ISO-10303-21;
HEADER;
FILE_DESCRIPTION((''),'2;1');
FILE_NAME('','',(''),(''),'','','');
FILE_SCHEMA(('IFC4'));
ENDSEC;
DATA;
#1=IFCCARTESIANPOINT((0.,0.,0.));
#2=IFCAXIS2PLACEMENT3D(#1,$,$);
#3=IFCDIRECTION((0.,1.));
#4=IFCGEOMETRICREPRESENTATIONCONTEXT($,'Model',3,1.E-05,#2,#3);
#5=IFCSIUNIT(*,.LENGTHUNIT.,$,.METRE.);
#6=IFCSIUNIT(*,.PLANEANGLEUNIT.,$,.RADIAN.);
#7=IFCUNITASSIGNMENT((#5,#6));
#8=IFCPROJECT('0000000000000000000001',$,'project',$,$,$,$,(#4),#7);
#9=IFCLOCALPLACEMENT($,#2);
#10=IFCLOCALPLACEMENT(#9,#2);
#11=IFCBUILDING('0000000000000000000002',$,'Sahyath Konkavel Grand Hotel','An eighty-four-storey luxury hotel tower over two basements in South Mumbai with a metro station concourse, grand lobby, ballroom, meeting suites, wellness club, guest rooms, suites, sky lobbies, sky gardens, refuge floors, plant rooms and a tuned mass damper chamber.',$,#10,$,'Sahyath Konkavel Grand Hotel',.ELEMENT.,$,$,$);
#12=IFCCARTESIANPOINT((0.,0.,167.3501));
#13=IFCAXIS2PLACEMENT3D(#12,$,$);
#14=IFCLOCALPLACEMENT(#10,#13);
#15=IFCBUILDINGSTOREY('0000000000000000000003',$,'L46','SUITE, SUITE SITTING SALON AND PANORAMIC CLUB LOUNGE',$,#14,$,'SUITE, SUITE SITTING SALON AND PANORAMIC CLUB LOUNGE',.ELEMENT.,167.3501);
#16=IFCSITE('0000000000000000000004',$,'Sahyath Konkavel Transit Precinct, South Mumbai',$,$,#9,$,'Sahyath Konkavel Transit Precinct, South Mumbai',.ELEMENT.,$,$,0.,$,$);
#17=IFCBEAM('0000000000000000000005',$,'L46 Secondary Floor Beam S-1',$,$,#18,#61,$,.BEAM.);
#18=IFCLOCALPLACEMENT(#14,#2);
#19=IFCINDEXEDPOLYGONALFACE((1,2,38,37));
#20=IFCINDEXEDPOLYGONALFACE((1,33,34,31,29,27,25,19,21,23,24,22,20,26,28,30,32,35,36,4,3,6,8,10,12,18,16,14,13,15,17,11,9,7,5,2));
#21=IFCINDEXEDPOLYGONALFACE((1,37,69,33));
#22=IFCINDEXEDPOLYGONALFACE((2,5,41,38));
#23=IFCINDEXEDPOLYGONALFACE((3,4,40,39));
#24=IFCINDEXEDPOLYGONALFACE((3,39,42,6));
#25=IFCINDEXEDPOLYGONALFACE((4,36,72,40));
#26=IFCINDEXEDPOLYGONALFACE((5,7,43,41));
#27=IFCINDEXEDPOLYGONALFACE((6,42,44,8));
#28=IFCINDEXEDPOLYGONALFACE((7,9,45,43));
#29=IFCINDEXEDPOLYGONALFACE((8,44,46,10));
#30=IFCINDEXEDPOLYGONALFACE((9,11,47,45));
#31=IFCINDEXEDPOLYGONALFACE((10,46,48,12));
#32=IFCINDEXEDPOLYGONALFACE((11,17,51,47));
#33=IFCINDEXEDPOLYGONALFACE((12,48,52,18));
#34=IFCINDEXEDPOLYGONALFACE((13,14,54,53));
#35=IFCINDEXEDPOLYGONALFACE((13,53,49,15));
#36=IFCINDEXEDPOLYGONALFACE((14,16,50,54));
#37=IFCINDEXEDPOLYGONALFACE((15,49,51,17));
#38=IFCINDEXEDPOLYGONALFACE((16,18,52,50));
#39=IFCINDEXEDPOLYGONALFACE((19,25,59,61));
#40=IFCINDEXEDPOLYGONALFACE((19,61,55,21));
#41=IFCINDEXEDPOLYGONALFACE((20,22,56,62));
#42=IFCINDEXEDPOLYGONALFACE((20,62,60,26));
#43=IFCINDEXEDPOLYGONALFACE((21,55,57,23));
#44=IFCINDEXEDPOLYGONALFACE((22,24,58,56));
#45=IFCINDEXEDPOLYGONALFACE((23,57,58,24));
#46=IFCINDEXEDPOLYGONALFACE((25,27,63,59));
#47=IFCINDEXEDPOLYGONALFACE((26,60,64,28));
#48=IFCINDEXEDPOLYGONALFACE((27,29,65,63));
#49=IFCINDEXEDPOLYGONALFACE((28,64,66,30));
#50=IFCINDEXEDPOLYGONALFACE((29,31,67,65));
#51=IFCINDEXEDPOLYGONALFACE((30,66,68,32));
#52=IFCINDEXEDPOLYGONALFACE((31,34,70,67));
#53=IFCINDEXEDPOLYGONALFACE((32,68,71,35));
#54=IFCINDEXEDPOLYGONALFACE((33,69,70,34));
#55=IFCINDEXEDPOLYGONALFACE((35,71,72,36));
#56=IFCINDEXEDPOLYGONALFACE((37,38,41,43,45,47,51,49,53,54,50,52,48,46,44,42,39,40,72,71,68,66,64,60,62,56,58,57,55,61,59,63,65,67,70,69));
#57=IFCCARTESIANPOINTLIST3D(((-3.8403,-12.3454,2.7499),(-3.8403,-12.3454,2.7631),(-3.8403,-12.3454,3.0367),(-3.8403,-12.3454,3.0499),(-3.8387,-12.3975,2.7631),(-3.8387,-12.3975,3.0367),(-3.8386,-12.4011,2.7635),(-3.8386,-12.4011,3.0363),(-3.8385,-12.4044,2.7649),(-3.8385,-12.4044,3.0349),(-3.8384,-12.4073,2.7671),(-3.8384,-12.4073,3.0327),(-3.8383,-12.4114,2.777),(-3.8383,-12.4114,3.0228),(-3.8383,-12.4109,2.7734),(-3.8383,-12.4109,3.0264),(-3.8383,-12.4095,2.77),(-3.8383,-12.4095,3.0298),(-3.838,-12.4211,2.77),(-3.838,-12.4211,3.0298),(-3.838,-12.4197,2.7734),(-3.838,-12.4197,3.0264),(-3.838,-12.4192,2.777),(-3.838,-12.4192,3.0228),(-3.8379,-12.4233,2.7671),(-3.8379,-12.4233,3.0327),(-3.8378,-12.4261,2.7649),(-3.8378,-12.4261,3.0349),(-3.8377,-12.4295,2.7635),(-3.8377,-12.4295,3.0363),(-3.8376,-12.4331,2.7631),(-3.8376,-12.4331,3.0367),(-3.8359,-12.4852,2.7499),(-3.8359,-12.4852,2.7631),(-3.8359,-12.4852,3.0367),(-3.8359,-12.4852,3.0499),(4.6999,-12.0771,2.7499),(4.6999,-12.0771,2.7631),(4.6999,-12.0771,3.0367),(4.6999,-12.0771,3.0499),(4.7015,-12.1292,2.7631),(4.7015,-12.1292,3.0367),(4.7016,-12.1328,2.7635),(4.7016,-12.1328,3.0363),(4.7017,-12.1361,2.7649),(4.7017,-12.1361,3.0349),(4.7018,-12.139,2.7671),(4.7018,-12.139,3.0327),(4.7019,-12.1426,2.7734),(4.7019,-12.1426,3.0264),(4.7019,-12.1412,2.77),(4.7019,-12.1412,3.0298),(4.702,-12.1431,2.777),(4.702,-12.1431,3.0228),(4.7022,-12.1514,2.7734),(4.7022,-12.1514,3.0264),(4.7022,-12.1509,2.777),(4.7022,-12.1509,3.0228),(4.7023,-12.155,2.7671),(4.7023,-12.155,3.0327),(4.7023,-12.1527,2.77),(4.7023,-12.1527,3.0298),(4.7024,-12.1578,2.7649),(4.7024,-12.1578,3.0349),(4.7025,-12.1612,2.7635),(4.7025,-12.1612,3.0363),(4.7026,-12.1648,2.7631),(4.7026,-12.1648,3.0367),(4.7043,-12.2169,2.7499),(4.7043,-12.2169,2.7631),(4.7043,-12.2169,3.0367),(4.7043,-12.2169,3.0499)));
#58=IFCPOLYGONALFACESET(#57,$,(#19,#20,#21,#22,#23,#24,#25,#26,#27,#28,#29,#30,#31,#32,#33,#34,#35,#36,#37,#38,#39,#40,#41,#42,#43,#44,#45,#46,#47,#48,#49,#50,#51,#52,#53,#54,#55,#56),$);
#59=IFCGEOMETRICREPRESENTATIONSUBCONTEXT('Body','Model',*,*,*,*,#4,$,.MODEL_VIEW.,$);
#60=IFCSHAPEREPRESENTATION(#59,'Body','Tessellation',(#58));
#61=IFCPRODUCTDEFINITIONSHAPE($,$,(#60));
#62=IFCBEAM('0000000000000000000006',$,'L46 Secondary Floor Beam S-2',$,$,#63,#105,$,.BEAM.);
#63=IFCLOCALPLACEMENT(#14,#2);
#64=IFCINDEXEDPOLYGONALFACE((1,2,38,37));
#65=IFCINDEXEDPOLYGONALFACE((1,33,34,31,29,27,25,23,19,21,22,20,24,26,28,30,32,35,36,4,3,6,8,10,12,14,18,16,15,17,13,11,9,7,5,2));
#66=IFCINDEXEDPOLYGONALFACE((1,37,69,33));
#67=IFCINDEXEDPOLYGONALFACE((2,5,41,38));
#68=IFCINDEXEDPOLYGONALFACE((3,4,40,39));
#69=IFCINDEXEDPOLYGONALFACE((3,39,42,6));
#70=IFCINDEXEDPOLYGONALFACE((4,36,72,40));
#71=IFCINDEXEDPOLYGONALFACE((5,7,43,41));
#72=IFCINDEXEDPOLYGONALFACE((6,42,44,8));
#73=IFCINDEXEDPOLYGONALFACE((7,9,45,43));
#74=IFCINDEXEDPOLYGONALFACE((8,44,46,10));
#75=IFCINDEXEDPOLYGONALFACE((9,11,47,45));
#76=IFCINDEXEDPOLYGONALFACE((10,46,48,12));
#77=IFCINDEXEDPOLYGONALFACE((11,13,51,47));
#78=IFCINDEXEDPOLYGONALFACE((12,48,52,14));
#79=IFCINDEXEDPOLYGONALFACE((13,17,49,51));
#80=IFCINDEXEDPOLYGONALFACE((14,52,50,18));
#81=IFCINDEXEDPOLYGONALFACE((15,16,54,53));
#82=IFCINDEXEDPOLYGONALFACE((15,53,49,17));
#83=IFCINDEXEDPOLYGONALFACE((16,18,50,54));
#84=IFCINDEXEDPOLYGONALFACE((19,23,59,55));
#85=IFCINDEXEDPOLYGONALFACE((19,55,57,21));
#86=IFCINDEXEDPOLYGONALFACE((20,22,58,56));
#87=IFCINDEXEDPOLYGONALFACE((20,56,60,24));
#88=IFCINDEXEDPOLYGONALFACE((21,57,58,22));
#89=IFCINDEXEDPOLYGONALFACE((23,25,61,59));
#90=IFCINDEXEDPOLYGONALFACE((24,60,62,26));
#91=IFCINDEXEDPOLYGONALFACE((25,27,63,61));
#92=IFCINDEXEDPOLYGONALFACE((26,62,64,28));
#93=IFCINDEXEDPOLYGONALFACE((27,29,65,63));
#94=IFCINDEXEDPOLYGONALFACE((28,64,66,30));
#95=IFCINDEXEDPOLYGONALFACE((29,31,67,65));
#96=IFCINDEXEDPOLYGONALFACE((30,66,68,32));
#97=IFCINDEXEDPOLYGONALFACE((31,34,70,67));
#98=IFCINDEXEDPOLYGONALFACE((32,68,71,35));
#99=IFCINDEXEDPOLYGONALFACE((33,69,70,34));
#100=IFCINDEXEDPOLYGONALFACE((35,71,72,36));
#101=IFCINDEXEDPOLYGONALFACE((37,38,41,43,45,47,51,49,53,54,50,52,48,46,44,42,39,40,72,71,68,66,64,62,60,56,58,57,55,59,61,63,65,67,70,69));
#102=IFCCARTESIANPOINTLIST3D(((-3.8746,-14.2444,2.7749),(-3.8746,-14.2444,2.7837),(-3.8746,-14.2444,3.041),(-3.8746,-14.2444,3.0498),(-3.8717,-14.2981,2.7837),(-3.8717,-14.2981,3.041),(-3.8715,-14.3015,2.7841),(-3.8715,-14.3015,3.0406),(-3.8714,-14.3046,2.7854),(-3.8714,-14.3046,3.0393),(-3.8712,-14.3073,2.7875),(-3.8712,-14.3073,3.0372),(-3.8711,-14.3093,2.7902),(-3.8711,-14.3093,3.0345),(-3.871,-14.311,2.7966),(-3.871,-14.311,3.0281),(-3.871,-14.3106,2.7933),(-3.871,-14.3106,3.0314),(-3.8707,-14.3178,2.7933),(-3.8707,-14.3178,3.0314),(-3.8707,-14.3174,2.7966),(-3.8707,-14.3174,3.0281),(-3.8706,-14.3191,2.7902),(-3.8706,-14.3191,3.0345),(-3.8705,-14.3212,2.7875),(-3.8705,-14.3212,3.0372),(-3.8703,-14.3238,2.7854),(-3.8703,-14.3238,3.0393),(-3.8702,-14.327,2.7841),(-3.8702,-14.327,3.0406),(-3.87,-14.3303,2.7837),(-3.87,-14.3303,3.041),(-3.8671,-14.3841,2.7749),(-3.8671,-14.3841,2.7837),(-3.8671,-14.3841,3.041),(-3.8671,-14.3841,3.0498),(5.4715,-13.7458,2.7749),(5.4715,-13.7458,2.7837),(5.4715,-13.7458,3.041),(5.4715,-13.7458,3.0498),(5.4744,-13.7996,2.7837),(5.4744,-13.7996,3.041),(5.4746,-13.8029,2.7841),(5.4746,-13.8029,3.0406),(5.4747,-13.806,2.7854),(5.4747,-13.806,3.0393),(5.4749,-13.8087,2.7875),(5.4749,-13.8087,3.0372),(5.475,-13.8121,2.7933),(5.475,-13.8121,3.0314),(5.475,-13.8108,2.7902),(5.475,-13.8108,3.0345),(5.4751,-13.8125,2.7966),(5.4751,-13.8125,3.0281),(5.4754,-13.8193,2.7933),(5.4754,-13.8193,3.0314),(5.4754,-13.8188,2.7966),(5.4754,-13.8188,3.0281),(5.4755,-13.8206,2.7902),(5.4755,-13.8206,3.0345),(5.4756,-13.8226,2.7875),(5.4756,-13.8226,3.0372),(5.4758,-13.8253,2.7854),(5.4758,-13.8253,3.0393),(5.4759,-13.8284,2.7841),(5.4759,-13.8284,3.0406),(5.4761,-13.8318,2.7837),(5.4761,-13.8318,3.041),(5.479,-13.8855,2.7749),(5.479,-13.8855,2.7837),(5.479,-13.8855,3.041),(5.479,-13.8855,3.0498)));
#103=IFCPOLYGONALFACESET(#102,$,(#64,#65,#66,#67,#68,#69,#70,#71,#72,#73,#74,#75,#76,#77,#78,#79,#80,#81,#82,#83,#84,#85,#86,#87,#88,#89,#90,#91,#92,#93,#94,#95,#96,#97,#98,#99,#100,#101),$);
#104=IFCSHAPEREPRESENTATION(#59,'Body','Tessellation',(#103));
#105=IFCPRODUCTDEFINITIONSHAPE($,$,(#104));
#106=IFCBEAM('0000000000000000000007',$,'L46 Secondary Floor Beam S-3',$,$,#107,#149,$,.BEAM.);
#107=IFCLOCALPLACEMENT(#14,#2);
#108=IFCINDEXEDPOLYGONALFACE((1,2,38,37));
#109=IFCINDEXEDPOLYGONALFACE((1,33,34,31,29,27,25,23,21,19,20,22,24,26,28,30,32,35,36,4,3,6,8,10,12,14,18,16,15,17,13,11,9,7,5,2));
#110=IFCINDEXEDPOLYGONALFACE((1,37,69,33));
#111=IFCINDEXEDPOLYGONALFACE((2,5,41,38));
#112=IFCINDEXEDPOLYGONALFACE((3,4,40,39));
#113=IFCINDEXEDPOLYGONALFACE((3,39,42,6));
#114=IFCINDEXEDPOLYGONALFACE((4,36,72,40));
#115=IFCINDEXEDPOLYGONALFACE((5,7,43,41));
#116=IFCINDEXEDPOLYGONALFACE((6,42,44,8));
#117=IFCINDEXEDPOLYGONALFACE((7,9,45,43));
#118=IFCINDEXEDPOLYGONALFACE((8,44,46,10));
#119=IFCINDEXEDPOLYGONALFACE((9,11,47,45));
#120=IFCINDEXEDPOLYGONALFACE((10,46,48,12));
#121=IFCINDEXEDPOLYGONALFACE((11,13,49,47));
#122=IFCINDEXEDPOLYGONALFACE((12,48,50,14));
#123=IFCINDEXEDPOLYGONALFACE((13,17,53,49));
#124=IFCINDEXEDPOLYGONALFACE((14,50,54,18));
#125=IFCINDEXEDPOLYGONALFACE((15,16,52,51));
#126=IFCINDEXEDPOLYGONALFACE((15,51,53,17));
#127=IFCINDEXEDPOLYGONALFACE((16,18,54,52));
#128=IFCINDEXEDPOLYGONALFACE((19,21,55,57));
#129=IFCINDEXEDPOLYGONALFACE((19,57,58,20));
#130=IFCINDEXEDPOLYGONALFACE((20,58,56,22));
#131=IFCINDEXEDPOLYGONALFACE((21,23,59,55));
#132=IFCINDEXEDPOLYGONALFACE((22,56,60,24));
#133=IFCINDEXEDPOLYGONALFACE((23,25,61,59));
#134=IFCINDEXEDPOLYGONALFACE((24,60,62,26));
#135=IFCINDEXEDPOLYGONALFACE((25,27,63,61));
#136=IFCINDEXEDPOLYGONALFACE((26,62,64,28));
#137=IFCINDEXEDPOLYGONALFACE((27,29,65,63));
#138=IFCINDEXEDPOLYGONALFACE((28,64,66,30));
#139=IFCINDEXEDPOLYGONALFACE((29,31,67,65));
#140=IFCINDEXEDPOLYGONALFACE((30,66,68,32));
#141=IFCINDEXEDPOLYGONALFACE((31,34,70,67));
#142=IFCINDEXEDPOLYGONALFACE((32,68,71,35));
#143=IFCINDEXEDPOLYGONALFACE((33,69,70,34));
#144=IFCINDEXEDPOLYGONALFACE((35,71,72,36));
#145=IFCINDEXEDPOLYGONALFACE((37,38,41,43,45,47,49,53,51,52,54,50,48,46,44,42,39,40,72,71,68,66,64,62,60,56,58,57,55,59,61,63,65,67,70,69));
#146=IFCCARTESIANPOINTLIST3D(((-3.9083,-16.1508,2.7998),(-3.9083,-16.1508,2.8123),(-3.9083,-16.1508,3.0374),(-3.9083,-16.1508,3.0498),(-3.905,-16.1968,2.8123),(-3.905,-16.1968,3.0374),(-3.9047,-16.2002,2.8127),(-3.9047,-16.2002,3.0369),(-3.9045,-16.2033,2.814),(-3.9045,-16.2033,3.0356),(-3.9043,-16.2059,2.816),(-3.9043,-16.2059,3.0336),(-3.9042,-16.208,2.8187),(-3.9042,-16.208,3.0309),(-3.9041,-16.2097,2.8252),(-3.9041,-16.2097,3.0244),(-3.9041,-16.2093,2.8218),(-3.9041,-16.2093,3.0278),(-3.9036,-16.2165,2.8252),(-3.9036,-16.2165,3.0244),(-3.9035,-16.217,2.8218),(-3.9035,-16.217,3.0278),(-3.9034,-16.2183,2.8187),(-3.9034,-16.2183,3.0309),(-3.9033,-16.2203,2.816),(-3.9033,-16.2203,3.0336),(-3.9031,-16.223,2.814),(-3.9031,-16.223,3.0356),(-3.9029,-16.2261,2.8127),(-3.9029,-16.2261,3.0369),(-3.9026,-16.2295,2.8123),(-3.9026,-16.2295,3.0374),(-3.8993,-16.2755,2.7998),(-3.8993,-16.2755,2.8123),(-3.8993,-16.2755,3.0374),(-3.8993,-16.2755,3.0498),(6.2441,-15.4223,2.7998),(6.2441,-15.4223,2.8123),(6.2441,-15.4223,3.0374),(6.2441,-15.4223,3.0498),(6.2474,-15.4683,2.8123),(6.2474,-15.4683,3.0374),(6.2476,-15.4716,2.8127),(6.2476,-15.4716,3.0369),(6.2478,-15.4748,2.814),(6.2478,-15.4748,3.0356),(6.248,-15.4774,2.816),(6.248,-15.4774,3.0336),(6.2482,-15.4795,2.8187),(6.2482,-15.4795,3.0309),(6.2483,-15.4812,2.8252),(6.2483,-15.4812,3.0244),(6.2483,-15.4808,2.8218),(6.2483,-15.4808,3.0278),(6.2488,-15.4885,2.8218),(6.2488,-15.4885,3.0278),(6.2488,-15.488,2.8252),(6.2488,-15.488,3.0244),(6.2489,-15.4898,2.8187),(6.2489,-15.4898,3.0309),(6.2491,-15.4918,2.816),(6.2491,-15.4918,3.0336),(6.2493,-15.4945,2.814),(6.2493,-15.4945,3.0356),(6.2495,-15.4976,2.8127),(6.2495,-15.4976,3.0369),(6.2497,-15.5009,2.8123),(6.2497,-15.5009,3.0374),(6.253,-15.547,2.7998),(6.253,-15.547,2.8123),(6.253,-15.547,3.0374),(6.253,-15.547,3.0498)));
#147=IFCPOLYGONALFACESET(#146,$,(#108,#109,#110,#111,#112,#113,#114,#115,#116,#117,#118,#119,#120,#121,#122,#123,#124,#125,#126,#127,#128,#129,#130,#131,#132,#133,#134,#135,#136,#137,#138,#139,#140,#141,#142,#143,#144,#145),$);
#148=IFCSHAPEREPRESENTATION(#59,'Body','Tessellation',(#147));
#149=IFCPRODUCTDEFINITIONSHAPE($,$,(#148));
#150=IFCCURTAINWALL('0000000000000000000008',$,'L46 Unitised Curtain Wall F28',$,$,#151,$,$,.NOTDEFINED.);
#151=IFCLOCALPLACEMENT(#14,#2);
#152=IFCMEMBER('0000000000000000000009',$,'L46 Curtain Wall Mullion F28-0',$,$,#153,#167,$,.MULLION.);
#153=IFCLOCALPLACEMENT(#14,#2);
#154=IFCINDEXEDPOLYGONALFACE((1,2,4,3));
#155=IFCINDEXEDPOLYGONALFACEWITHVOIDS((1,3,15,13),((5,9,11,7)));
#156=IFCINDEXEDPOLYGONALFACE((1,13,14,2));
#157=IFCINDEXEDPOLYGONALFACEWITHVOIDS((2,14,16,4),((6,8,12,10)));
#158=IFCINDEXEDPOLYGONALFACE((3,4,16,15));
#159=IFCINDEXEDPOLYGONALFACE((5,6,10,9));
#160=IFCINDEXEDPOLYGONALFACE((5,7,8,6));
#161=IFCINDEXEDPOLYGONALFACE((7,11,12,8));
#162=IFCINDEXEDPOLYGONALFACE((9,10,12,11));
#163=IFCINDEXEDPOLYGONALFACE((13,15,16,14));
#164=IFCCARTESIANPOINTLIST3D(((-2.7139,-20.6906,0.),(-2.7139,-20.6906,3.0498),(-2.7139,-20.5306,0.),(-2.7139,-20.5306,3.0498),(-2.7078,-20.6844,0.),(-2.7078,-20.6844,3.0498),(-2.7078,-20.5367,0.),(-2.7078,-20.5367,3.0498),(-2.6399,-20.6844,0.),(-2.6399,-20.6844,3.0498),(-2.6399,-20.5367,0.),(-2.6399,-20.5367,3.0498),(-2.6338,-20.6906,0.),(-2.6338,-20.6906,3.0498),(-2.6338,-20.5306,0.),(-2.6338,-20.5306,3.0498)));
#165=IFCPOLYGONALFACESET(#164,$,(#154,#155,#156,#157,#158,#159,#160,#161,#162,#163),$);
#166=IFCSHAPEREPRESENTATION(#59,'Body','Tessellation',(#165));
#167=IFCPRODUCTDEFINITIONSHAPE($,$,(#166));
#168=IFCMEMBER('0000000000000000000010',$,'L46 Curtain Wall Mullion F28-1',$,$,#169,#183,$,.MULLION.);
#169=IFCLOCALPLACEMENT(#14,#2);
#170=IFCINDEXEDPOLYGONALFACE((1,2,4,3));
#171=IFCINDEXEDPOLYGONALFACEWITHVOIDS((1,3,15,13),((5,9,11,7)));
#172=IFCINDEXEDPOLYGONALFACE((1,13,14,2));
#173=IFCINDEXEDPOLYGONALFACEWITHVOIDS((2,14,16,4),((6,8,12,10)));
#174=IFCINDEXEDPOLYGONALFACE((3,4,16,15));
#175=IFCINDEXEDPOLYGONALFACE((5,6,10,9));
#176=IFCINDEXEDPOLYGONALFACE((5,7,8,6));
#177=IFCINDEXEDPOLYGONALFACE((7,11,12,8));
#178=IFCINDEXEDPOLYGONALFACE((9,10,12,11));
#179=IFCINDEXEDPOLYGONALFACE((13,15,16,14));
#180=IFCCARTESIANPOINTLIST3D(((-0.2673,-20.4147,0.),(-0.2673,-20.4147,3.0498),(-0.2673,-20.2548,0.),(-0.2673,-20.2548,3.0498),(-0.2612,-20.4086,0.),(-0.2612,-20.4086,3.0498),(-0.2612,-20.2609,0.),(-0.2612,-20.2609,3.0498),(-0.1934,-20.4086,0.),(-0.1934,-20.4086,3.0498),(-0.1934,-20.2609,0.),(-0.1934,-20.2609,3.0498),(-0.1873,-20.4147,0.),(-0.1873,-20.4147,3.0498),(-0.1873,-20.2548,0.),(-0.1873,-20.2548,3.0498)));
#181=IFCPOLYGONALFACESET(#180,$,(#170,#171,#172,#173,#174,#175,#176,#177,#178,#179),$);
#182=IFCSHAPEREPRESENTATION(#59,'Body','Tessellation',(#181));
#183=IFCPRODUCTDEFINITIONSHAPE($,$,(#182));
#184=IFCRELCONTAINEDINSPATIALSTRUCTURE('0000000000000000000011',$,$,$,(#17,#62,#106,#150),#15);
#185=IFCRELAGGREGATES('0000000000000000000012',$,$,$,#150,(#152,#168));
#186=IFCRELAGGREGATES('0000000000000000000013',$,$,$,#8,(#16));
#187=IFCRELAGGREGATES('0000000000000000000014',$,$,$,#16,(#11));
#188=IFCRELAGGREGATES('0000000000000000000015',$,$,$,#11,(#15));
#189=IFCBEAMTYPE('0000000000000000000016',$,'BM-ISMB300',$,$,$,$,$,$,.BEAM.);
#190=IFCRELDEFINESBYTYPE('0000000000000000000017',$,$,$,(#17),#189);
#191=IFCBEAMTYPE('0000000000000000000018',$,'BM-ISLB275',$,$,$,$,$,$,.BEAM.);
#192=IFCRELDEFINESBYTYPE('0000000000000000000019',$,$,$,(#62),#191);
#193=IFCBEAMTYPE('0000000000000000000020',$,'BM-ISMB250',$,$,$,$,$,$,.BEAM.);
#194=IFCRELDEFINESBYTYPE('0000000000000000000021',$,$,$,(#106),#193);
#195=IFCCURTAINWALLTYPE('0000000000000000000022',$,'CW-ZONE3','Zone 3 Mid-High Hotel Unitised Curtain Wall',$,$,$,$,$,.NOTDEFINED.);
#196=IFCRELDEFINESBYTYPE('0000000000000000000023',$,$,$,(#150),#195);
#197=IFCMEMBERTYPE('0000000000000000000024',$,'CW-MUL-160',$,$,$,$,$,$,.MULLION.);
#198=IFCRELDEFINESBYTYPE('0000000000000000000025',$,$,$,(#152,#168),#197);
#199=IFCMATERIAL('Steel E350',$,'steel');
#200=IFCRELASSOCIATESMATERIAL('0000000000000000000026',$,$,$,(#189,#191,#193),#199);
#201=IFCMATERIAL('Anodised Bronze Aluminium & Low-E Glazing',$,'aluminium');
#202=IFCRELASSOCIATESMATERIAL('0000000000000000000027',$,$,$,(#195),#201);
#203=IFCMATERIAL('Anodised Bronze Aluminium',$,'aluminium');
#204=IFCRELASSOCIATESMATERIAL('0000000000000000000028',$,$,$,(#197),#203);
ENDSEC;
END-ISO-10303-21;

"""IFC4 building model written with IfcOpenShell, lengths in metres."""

from ifc_helpers import new_model, si_unit, direction, frame, origin, origin_2d, place, context, subcontext, project, spatial, hollow_rectangle, i_section, extrude, source, transform, mapped, material, material_profile, profile_set, type_object, element, aggregate, save


model = new_model("IFC4")

# Units and contexts
model_context = context("Model", 3, precision=1e-05, world=origin(), true_north=direction((0.0, 1.0)))
body_context = subcontext(model_context, "Body", "Model", "MODEL_VIEW")
ifc_project = project(units=[si_unit("LENGTHUNIT", "METRE"), si_unit("PLANEANGLEUNIT", "RADIAN")], contexts=[model_context])

# Site, building, storey
site_placement = place(None, origin())
site = spatial("IfcSite", under=ifc_project, at=site_placement, Name="Sahyath Konkavel Transit Precinct, South Mumbai", LongName="Sahyath Konkavel Transit Precinct, South Mumbai", CompositionType="ELEMENT", RefElevation=0.0)
building_placement = place(site_placement, origin())
building = spatial("IfcBuilding", under=site, at=building_placement, Name="Sahyath Konkavel Grand Hotel", Description="An eighty-four-storey luxury hotel tower over two basements in South Mumbai with a metro station concourse, grand lobby, ballroom, meeting suites, wellness club, guest rooms, suites, sky lobbies, sky gardens, refuge floors, plant rooms and a tuned mass damper chamber.", LongName="Sahyath Konkavel Grand Hotel", CompositionType="ELEMENT")
storey_placement = place(building_placement, frame((0.0, 0.0, 167.3501)))
storey = spatial("IfcBuildingStorey", under=building, at=storey_placement, Name="L46", Description="SUITE, SUITE SITTING SALON AND PANORAMIC CLUB LOUNGE", LongName="SUITE, SUITE SITTING SALON AND PANORAMIC CLUB LOUNGE", CompositionType="ELEMENT", Elevation=167.3501)

# Beams
ifc_material_1 = material(Name="Steel E350", Category="steel")
ifc_material_profile_1 = material_profile(ifc_material_1, i_section(OverallWidth=0.1399, OverallDepth=0.3, WebThickness=0.0078, FlangeThickness=0.0132, FilletRadius=0.0139, at=origin_2d()), Name="ISMB 300")
ifc_profile_set_1 = profile_set([ifc_material_profile_1], Name="Steel E350")
beam_type_1 = type_object("IfcBeamType", Name="BM-ISMB300", PredefinedType="BEAM", material=ifc_profile_set_1)
shared_shape_1 = source(origin(), body_context, "Body", "SweptSolid", [
    extrude(i_section(OverallWidth=0.1399, OverallDepth=0.3, WebThickness=0.0078, FlangeThickness=0.0132, FilletRadius=0.0139, at=origin_2d()), origin(), (0.0, 0.0, 1.0), 8.5444),
])
beam_1_placement = place(storey_placement, frame((-3.8381, -12.4153, 2.8999), z_axis=(0.999507, 0.031402, 0.0), x_axis=(-0.031402, 0.999507, 0.0)))
element("IfcBeam", 1, at=beam_1_placement, inside=storey, type_object=beam_type_1, Name="L46 Secondary Floor Beam S-1", PredefinedType="BEAM", context=body_context, shape_type="MappedRepresentation", body=[
    mapped(shared_shape_1, transform((0.0, 0.0, 0.0), scale=1.0)),
])
ifc_material_profile_2 = material_profile(ifc_material_1, i_section(OverallWidth=0.1399, OverallDepth=0.2749, WebThickness=0.0063, FlangeThickness=0.0088, FilletRadius=0.0129, at=origin_2d()), Name="ISLB 275")
ifc_profile_set_2 = profile_set([ifc_material_profile_2], Name="Steel E350")
beam_type_2 = type_object("IfcBeamType", Name="BM-ISLB275", PredefinedType="BEAM", material=ifc_profile_set_2)
shared_shape_2 = source(origin(), body_context, "Body", "SweptSolid", [
    extrude(i_section(OverallWidth=0.1399, OverallDepth=0.2749, WebThickness=0.0063, FlangeThickness=0.0088, FilletRadius=0.0129, at=origin_2d()), origin(), (0.0, 0.0, 1.0), 9.3594),
])
beam_2_placement = place(storey_placement, frame((-3.8708, -14.3142, 2.9124), z_axis=(0.99858, 0.053265, 0.0), x_axis=(-0.053265, 0.99858, 0.0)))
element("IfcBeam", 2, at=beam_2_placement, inside=storey, type_object=beam_type_2, Name="L46 Secondary Floor Beam S-2", PredefinedType="BEAM", context=body_context, shape_type="MappedRepresentation", body=[
    mapped(shared_shape_2, transform((0.0, 0.0, 0.0), scale=1.0)),
])
ifc_material_profile_3 = material_profile(ifc_material_1, i_section(OverallWidth=0.125, OverallDepth=0.25, WebThickness=0.0068, FlangeThickness=0.0125, FilletRadius=0.0129, at=origin_2d()), Name="ISMB 250")
ifc_profile_set_3 = profile_set([ifc_material_profile_3], Name="Steel E350")
beam_type_3 = type_object("IfcBeamType", Name="BM-ISMB250", PredefinedType="BEAM", material=ifc_profile_set_3)
shared_shape_3 = source(origin(), body_context, "Body", "SweptSolid", [
    extrude(i_section(OverallWidth=0.125, OverallDepth=0.25, WebThickness=0.0068, FlangeThickness=0.0125, FilletRadius=0.0129, at=origin_2d()), origin(), (0.0, 0.0, 1.0), 10.1785),
])
beam_3_placement = place(storey_placement, frame((-3.9038, -16.2131, 2.9248), z_axis=(0.997435, 0.071574, 0.0), x_axis=(-0.071574, 0.997435, 0.0)))
element("IfcBeam", 3, at=beam_3_placement, inside=storey, type_object=beam_type_3, Name="L46 Secondary Floor Beam S-3", PredefinedType="BEAM", context=body_context, shape_type="MappedRepresentation", body=[
    mapped(shared_shape_3, transform((0.0, 0.0, 0.0), scale=1.0)),
])

# Curtain wall, members
ifc_material_2 = material(Name="Anodised Bronze Aluminium & Low-E Glazing", Category="aluminium")
curtain_wall_type = type_object("IfcCurtainWallType", Name="CW-ZONE3", Description="Zone 3 Mid-High Hotel Unitised Curtain Wall", PredefinedType="NOTDEFINED", material=ifc_material_2)
curtain_wall_placement = place(storey_placement, origin())
curtain_wall = element("IfcCurtainWall", 4, at=curtain_wall_placement, inside=storey, type_object=curtain_wall_type, Name="L46 Unitised Curtain Wall F28", PredefinedType="NOTDEFINED")
ifc_material_3 = material(Name="Anodised Bronze Aluminium", Category="aluminium")
ifc_material_profile_4 = material_profile(ifc_material_3, hollow_rectangle(XDim=0.0801, YDim=0.1599, WallThickness=0.0061, at=origin_2d()), Name="RHS 160x80x6")
ifc_profile_set_4 = profile_set([ifc_material_profile_4], Name="Anodised Bronze Aluminium")
member_type_1 = type_object("IfcMemberType", Name="CW-MUL-160", PredefinedType="MULLION", material=ifc_profile_set_4)
shared_shape_4 = source(origin(), body_context, "Body", "SweptSolid", [
    extrude(hollow_rectangle(XDim=0.0801, YDim=0.1599, WallThickness=0.0061, at=origin_2d()), origin(), (0.0, 0.0, 1.0), 3.0498),
])
member_1_placement = place(storey_placement, frame((-2.6738, -20.6106, 0.0), z_axis=(0.0, 0.0, 1.0), x_axis=(1.0, 0.0, 0.0)))
member_1 = element("IfcMember", 5, at=member_1_placement, type_object=member_type_1, Name="L46 Curtain Wall Mullion F28-0", PredefinedType="MULLION", context=body_context, shape_type="MappedRepresentation", body=[
    mapped(shared_shape_4, transform((0.0, 0.0, 0.0), scale=1.0)),
])
member_2_placement = place(storey_placement, frame((-0.2273, -20.3347, 0.0), z_axis=(0.0, 0.0, 1.0), x_axis=(1.0, 0.0, 0.0)))
member_2 = element("IfcMember", 6, at=member_2_placement, type_object=member_type_1, Name="L46 Curtain Wall Mullion F28-1", PredefinedType="MULLION", context=body_context, shape_type="MappedRepresentation", body=[
    mapped(shared_shape_4, transform((0.0, 0.0, 0.0), scale=1.0)),
])
aggregate(curtain_wall, [member_1, member_2])

save(model, "model.ifc")
